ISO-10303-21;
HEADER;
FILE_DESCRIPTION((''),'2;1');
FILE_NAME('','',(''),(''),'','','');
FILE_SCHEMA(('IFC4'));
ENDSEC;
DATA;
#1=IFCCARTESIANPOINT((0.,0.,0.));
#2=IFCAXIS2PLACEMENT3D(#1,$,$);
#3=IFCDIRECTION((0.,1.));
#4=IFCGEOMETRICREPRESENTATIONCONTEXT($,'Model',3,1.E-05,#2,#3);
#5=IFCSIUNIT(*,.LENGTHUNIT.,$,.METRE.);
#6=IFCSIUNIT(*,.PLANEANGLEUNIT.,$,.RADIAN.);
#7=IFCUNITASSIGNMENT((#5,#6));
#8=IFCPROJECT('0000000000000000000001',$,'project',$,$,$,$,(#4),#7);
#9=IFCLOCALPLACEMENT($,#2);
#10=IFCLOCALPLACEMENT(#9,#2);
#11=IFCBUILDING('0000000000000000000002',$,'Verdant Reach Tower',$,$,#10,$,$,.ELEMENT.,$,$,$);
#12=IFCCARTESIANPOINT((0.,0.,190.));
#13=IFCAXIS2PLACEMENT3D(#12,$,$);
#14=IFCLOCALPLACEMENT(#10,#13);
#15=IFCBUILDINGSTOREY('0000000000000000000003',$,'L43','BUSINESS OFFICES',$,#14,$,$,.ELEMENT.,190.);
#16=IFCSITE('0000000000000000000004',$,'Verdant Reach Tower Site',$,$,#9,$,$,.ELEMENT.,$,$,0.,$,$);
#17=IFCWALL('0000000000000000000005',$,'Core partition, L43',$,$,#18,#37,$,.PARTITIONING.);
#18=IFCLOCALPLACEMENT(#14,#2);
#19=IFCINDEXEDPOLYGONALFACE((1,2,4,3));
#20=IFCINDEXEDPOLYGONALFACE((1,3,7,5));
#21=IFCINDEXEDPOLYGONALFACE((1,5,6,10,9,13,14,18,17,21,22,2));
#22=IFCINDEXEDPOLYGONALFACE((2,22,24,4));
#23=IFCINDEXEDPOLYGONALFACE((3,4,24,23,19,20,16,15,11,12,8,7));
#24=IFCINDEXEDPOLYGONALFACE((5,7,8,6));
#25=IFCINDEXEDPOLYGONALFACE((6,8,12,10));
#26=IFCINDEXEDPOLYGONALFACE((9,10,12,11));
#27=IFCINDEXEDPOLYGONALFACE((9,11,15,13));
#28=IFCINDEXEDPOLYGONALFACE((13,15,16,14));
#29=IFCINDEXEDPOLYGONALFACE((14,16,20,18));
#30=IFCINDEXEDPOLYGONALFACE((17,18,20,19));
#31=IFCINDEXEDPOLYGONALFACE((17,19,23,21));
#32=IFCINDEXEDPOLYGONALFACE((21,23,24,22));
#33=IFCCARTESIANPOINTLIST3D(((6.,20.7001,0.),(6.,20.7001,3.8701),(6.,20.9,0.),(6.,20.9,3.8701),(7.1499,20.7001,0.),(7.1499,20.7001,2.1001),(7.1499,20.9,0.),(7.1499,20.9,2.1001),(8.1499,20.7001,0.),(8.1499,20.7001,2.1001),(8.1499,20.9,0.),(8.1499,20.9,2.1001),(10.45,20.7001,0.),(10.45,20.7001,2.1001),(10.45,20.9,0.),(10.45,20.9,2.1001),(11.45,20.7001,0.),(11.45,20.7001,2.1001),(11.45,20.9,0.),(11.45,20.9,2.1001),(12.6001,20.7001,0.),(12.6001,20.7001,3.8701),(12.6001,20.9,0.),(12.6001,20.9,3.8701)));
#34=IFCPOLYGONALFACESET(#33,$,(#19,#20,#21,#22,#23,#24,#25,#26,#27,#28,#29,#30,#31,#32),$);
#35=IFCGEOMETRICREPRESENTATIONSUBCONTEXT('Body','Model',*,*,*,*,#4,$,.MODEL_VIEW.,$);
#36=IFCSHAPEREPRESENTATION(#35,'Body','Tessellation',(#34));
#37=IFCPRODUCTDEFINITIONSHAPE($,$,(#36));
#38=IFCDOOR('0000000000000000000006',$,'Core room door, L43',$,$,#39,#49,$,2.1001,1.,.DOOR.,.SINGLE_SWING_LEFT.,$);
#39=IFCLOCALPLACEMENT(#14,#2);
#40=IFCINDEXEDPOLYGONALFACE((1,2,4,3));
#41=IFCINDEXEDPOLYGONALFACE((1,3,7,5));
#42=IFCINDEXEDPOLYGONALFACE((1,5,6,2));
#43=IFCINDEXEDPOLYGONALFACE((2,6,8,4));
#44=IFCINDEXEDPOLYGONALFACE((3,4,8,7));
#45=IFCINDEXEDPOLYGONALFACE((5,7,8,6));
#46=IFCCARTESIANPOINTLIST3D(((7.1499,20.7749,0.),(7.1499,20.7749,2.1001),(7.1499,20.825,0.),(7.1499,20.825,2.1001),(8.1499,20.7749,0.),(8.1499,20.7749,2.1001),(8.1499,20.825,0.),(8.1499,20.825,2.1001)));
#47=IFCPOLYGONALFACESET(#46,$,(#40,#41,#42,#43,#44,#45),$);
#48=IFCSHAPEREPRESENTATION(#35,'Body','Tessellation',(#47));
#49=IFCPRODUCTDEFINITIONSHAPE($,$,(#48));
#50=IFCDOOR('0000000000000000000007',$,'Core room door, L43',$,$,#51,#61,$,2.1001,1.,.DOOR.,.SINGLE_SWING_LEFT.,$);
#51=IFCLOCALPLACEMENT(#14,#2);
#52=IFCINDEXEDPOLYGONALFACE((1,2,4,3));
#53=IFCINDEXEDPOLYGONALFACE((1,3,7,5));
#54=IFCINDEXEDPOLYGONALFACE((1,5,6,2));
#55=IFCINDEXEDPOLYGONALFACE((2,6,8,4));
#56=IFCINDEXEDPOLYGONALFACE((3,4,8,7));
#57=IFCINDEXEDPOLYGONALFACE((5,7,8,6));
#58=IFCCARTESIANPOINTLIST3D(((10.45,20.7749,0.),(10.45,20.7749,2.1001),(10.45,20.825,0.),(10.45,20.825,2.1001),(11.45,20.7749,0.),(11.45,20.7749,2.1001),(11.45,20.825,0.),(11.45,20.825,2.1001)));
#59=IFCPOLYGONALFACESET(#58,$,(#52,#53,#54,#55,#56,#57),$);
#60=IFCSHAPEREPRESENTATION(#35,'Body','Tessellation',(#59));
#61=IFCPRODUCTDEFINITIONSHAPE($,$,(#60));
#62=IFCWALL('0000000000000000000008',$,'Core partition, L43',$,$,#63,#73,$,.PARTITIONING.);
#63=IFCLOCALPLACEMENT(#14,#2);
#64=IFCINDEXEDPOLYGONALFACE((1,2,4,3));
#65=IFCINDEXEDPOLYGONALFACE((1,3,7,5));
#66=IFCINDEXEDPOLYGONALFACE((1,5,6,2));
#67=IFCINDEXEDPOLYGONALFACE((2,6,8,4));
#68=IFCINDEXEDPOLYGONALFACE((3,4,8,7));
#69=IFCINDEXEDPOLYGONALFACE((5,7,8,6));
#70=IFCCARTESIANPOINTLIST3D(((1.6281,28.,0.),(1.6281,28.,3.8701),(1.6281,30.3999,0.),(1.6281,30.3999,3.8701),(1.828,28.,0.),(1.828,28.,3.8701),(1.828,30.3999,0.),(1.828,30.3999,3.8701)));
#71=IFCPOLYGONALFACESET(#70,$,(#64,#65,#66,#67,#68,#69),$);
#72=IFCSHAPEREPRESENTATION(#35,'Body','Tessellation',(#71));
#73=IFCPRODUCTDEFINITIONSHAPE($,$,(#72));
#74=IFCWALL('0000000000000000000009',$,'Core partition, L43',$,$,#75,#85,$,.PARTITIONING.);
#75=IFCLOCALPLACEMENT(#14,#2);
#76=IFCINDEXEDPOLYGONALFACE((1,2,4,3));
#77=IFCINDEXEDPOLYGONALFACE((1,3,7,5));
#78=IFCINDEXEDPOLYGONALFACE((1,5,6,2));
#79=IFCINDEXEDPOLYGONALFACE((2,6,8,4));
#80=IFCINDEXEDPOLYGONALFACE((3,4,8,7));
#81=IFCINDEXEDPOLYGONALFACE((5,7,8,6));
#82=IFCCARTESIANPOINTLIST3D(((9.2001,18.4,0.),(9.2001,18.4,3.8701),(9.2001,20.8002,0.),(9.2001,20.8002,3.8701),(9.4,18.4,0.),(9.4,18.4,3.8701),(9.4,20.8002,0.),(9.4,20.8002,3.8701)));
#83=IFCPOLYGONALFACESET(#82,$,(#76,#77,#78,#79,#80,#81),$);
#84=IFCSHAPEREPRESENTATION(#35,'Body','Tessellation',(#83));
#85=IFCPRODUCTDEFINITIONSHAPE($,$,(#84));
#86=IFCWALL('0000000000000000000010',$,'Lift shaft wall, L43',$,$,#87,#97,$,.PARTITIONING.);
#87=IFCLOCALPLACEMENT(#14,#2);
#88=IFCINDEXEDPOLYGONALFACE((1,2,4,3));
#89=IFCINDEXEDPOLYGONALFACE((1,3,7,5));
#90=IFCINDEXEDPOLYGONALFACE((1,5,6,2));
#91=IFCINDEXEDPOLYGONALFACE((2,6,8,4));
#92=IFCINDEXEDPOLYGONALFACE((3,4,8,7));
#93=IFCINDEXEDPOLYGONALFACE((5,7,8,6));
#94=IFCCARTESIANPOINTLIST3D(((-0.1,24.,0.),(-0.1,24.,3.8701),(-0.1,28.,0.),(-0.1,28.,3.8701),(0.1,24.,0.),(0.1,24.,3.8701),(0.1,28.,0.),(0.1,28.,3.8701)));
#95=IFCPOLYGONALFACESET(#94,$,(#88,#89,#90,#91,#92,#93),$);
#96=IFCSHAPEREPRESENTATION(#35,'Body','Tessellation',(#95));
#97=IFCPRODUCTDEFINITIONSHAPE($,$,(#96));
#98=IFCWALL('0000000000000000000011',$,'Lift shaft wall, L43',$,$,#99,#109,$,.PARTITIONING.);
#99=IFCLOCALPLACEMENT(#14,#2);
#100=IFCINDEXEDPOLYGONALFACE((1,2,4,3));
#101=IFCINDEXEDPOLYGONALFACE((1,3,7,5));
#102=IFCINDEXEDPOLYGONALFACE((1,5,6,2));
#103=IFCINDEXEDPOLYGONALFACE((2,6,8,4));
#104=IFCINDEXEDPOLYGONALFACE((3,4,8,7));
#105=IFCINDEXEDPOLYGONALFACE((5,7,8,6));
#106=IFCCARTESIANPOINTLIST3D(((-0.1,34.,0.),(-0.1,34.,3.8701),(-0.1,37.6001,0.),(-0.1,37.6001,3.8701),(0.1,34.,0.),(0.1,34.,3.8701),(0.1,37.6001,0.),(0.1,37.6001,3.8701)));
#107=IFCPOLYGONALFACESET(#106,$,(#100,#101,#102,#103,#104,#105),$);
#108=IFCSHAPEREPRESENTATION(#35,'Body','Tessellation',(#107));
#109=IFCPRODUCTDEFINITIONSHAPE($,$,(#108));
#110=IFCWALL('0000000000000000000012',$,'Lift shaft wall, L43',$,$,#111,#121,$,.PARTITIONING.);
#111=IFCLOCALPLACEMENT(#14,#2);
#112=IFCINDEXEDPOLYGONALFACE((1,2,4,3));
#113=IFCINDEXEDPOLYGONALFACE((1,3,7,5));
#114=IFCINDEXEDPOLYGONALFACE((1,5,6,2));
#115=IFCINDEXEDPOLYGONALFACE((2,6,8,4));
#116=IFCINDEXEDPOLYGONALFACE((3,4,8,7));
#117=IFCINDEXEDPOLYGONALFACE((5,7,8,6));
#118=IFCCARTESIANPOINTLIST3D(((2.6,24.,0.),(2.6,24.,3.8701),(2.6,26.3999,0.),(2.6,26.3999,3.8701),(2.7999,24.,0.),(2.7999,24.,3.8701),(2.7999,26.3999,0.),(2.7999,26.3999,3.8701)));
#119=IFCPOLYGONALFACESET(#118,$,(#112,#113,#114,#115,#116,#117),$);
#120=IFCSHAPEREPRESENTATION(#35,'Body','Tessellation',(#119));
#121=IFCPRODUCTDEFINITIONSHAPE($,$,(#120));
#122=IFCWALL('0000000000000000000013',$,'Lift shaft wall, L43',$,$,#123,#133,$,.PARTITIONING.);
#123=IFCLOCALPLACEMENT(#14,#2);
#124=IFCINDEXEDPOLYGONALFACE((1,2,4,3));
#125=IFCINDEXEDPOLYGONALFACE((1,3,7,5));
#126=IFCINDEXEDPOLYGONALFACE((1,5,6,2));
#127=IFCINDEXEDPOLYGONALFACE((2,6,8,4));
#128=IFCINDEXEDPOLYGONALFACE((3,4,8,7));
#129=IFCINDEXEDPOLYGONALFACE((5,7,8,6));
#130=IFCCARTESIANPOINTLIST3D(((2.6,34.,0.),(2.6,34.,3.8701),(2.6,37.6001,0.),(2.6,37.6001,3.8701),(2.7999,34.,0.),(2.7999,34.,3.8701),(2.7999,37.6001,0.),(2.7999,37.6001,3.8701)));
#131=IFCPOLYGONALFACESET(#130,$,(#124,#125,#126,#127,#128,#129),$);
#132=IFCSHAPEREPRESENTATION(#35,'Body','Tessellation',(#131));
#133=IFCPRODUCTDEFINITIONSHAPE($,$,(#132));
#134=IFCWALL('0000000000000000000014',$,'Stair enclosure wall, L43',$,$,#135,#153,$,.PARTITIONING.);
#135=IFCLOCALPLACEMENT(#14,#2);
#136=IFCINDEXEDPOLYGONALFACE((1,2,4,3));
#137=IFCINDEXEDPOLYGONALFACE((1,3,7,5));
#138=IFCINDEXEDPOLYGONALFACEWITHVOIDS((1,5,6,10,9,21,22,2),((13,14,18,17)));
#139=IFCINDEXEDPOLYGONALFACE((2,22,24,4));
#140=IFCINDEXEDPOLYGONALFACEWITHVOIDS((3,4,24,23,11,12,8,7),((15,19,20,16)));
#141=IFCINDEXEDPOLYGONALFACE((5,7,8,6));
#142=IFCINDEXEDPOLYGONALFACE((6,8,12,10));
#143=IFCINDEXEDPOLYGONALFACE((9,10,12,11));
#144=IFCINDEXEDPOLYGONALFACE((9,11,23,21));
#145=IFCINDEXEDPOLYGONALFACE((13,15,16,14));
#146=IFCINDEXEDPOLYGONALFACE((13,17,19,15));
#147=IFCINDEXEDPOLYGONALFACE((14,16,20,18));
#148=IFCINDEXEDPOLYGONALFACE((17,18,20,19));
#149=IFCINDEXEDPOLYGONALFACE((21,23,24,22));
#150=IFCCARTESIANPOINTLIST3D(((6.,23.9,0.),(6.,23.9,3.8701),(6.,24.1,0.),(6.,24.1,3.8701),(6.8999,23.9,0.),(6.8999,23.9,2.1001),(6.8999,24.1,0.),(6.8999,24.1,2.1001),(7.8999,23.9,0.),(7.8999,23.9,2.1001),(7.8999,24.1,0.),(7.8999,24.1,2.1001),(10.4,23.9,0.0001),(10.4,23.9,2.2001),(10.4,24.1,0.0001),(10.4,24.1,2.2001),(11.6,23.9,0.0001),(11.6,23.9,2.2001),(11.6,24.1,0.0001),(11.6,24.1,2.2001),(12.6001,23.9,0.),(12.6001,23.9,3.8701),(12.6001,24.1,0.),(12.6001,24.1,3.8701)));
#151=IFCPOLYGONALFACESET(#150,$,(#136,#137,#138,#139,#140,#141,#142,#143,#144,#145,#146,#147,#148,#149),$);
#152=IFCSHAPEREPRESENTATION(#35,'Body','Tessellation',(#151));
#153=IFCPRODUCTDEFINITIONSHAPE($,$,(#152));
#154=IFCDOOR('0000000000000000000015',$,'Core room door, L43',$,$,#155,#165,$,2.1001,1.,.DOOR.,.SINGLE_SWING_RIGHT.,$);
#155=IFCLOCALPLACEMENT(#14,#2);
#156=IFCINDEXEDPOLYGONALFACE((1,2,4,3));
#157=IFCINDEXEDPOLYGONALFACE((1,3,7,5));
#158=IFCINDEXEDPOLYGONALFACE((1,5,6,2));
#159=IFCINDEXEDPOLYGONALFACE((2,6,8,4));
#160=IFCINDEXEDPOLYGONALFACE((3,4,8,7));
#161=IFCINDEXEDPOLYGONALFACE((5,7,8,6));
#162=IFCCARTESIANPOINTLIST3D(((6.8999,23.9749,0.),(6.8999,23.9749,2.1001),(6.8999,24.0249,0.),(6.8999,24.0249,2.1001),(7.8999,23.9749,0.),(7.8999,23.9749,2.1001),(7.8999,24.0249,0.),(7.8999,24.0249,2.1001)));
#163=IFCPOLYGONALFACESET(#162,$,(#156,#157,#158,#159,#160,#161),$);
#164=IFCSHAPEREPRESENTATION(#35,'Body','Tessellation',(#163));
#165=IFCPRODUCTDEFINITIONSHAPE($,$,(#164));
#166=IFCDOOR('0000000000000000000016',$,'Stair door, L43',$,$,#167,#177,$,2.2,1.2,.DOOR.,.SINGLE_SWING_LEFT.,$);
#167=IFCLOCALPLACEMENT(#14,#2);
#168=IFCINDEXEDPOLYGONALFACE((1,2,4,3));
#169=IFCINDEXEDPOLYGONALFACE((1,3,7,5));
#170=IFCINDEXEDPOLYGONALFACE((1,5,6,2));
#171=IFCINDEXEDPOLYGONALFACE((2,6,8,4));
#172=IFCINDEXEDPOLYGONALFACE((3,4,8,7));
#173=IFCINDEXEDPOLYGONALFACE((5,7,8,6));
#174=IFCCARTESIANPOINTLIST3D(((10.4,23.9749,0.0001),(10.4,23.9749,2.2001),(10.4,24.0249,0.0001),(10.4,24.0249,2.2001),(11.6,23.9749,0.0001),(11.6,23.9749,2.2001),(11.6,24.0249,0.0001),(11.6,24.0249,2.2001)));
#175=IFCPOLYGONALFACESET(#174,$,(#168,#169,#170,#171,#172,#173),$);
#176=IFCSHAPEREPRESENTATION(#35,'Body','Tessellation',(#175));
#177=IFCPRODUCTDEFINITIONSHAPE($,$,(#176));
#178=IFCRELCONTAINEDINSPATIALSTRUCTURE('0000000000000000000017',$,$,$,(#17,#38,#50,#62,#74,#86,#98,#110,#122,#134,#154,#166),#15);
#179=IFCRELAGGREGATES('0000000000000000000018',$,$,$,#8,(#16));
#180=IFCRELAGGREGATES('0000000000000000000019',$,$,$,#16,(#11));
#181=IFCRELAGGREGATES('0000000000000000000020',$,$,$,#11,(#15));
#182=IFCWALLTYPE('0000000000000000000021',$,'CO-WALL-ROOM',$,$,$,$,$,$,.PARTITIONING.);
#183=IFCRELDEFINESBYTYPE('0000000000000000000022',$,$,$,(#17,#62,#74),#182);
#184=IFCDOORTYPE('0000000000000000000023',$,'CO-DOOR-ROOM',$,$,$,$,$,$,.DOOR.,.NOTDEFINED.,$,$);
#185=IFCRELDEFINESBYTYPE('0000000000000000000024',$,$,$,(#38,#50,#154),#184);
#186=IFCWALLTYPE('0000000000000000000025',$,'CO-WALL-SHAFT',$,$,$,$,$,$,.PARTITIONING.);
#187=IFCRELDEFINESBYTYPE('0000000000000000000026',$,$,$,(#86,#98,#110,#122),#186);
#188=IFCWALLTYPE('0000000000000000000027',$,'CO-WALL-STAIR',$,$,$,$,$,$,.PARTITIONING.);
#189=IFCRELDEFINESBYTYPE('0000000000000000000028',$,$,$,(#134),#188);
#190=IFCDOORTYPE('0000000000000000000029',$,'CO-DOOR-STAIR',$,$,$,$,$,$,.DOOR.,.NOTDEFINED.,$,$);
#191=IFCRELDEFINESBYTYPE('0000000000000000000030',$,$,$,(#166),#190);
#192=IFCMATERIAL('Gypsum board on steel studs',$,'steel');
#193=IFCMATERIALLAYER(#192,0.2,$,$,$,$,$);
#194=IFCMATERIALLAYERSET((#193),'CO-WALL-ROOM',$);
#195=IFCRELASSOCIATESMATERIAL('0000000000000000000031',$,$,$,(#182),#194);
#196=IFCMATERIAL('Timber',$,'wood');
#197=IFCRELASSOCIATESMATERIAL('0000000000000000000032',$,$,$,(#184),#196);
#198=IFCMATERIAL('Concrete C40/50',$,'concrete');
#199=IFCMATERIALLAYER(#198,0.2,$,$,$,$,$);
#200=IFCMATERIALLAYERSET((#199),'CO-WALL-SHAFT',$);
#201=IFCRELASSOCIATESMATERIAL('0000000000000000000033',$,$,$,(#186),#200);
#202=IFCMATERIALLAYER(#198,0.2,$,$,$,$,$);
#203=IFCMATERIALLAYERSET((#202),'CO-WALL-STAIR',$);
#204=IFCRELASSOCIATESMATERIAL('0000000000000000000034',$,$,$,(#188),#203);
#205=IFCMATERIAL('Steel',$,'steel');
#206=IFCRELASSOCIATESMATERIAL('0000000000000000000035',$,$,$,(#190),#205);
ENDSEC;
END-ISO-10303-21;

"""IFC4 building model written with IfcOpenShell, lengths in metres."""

from ifc_helpers import new_model, si_unit, direction, frame, frame_2d, origin, place, context, subcontext, project, spatial, rectangle, extrude, material, layer, layer_set, type_object, element, fill, save


model = new_model("IFC4")

# Units and contexts
model_context = context("Model", 3, precision=1e-05, world=origin(), true_north=direction((0.0, 1.0)))
body_context = subcontext(model_context, "Body", "Model", "MODEL_VIEW")
ifc_project = project(units=[si_unit("LENGTHUNIT", "METRE"), si_unit("PLANEANGLEUNIT", "RADIAN")], contexts=[model_context])

# Site, building, storey
site_placement = place(None, origin())
site = spatial("IfcSite", under=ifc_project, at=site_placement, Name="Verdant Reach Tower Site", CompositionType="ELEMENT", RefElevation=0.0)
building_placement = place(site_placement, origin())
building = spatial("IfcBuilding", under=site, at=building_placement, Name="Verdant Reach Tower", CompositionType="ELEMENT")
storey_placement = place(building_placement, frame((0.0, 0.0, 190.0)))
storey = spatial("IfcBuildingStorey", under=building, at=storey_placement, Name="L43", Description="BUSINESS OFFICES", CompositionType="ELEMENT", Elevation=190.0)

# Wall, openings, doors
ifc_material_1 = material(Name="Gypsum board on steel studs", Category="steel")
ifc_layer_1 = layer(ifc_material_1, 0.2)
ifc_layer_set_1 = layer_set([ifc_layer_1], Name="CO-WALL-ROOM")
wall_type_1 = type_object("IfcWallType", Name="CO-WALL-ROOM", PredefinedType="PARTITIONING", material=ifc_layer_set_1)
wall_1_placement = place(storey_placement, frame((6.0, 20.8, 0.0), z_axis=(0.0, 0.0, 1.0), x_axis=(1.0, 0.0, 0.0)))
wall_1 = element("IfcWall", 1, at=wall_1_placement, inside=storey, type_object=wall_type_1, Name="Core partition, L43", PredefinedType="PARTITIONING", context=body_context, shape_type="SweptSolid", body=[
    extrude(rectangle(XDim=6.6001, YDim=0.2, at=frame_2d((3.3, 0.0))), origin(), (0.0, 0.0, 1.0), 3.8701),
])
opening_1_placement = place(wall_1_placement, frame((1.1499, 0.0, 0.0)))
opening_1 = element("IfcOpeningElement", 2, at=opening_1_placement, cuts=wall_1, PredefinedType="OPENING", context=body_context, shape_type="SweptSolid", body=[
    extrude(rectangle(XDim=1.0, YDim=2.1001, at=frame_2d((0.5, 1.05))), frame((0.0, 0.1099, 0.0), z_axis=(0.0, -1.0, 0.0), x_axis=(1.0, 0.0, 0.0)), (0.0, 0.0, 1.0), 0.22),
])
opening_2_placement = place(wall_1_placement, frame((4.45, 0.0, 0.0)))
opening_2 = element("IfcOpeningElement", 3, at=opening_2_placement, cuts=wall_1, PredefinedType="OPENING", context=body_context, shape_type="SweptSolid", body=[
    extrude(rectangle(XDim=1.0, YDim=2.1001, at=frame_2d((0.5, 1.05))), frame((0.0, 0.1099, 0.0), z_axis=(0.0, -1.0, 0.0), x_axis=(1.0, 0.0, 0.0)), (0.0, 0.0, 1.0), 0.22),
])
ifc_material_2 = material(Name="Timber", Category="wood")
door_type_1 = type_object("IfcDoorType", Name="CO-DOOR-ROOM", OperationType="NOTDEFINED", PredefinedType="DOOR", material=ifc_material_2)
door_1_placement = place(opening_1_placement, origin())
door_1 = element("IfcDoor", 4, at=door_1_placement, inside=storey, type_object=door_type_1, Name="Core room door, L43", OperationType="SINGLE_SWING_LEFT", OverallHeight=2.1001, OverallWidth=1.0, PredefinedType="DOOR", context=body_context, shape_type="SweptSolid", body=[
    extrude(rectangle(XDim=1.0, YDim=2.1001, at=frame_2d((0.5, 1.05))), frame((0.0, 0.0249, 0.0), z_axis=(0.0, -1.0, 0.0), x_axis=(1.0, 0.0, 0.0)), (0.0, 0.0, 1.0), 0.05),
])
fill(opening_1, door_1)
door_2_placement = place(opening_2_placement, origin())
door_2 = element("IfcDoor", 5, at=door_2_placement, inside=storey, type_object=door_type_1, Name="Core room door, L43", OperationType="SINGLE_SWING_LEFT", OverallHeight=2.1001, OverallWidth=1.0, PredefinedType="DOOR", context=body_context, shape_type="SweptSolid", body=[
    extrude(rectangle(XDim=1.0, YDim=2.1001, at=frame_2d((0.5, 1.05))), frame((0.0, 0.0249, 0.0), z_axis=(0.0, -1.0, 0.0), x_axis=(1.0, 0.0, 0.0)), (0.0, 0.0, 1.0), 0.05),
])
fill(opening_2, door_2)

# Walls
wall_2_placement = place(storey_placement, frame((1.728, 28.0, 0.0), z_axis=(0.0, 0.0, 1.0), x_axis=(0.0, 1.0, 0.0)))
element("IfcWall", 6, at=wall_2_placement, inside=storey, type_object=wall_type_1, Name="Core partition, L43", PredefinedType="PARTITIONING", context=body_context, shape_type="SweptSolid", body=[
    extrude(rectangle(XDim=2.3999, YDim=0.2, at=frame_2d((1.2, 0.0))), origin(), (0.0, 0.0, 1.0), 3.8701),
])
wall_3_placement = place(storey_placement, frame((9.3, 18.3999, 0.0), z_axis=(0.0, 0.0, 1.0), x_axis=(0.0, 1.0, 0.0)))
element("IfcWall", 7, at=wall_3_placement, inside=storey, type_object=wall_type_1, Name="Core partition, L43", PredefinedType="PARTITIONING", context=body_context, shape_type="SweptSolid", body=[
    extrude(rectangle(XDim=2.4001, YDim=0.2, at=frame_2d((1.2002, 0.0))), origin(), (0.0, 0.0, 1.0), 3.8701),
])
ifc_material_3 = material(Name="Concrete C40/50", Category="concrete")
ifc_layer_2 = layer(ifc_material_3, 0.2)
ifc_layer_set_2 = layer_set([ifc_layer_2], Name="CO-WALL-SHAFT")
wall_type_2 = type_object("IfcWallType", Name="CO-WALL-SHAFT", PredefinedType="PARTITIONING", material=ifc_layer_set_2)
wall_4_placement = place(storey_placement, frame((0.0, 24.0, 0.0), z_axis=(0.0, 0.0, 1.0), x_axis=(0.0, 1.0, 0.0)))
element("IfcWall", 8, at=wall_4_placement, inside=storey, type_object=wall_type_2, Name="Lift shaft wall, L43", PredefinedType="PARTITIONING", context=body_context, shape_type="SweptSolid", body=[
    extrude(rectangle(XDim=4.0, YDim=0.2, at=frame_2d((2.0, 0.0))), origin(), (0.0, 0.0, 1.0), 3.8701),
])
wall_5_placement = place(storey_placement, frame((0.0, 34.0, 0.0), z_axis=(0.0, 0.0, 1.0), x_axis=(0.0, 1.0, 0.0)))
element("IfcWall", 9, at=wall_5_placement, inside=storey, type_object=wall_type_2, Name="Lift shaft wall, L43", PredefinedType="PARTITIONING", context=body_context, shape_type="SweptSolid", body=[
    extrude(rectangle(XDim=3.6001, YDim=0.2, at=frame_2d((1.8, 0.0))), origin(), (0.0, 0.0, 1.0), 3.8701),
])
wall_6_placement = place(storey_placement, frame((2.7, 24.0, 0.0), z_axis=(0.0, 0.0, 1.0), x_axis=(0.0, 1.0, 0.0)))
element("IfcWall", 10, at=wall_6_placement, inside=storey, type_object=wall_type_2, Name="Lift shaft wall, L43", PredefinedType="PARTITIONING", context=body_context, shape_type="SweptSolid", body=[
    extrude(rectangle(XDim=2.3999, YDim=0.2, at=frame_2d((1.2, 0.0))), origin(), (0.0, 0.0, 1.0), 3.8701),
])
wall_7_placement = place(storey_placement, frame((2.7, 34.0, 0.0), z_axis=(0.0, 0.0, 1.0), x_axis=(0.0, 1.0, 0.0)))
element("IfcWall", 11, at=wall_7_placement, inside=storey, type_object=wall_type_2, Name="Lift shaft wall, L43", PredefinedType="PARTITIONING", context=body_context, shape_type="SweptSolid", body=[
    extrude(rectangle(XDim=3.6001, YDim=0.2, at=frame_2d((1.8, 0.0))), origin(), (0.0, 0.0, 1.0), 3.8701),
])

# Wall, openings, doors
ifc_layer_3 = layer(ifc_material_3, 0.2)
ifc_layer_set_3 = layer_set([ifc_layer_3], Name="CO-WALL-STAIR")
wall_type_3 = type_object("IfcWallType", Name="CO-WALL-STAIR", PredefinedType="PARTITIONING", material=ifc_layer_set_3)
wall_8_placement = place(storey_placement, frame((6.0, 24.0, 0.0), z_axis=(0.0, 0.0, 1.0), x_axis=(1.0, 0.0, 0.0)))
wall_8 = element("IfcWall", 12, at=wall_8_placement, inside=storey, type_object=wall_type_3, Name="Stair enclosure wall, L43", PredefinedType="PARTITIONING", context=body_context, shape_type="SweptSolid", body=[
    extrude(rectangle(XDim=6.6001, YDim=0.2, at=frame_2d((3.3, 0.0))), origin(), (0.0, 0.0, 1.0), 3.8701),
])
opening_3_placement = place(wall_8_placement, frame((0.8999, 0.0, 0.0)))
opening_3 = element("IfcOpeningElement", 13, at=opening_3_placement, cuts=wall_8, PredefinedType="OPENING", context=body_context, shape_type="SweptSolid", body=[
    extrude(rectangle(XDim=1.0, YDim=2.1001, at=frame_2d((0.5, 1.05))), frame((0.0, 0.1099, 0.0), z_axis=(0.0, -1.0, 0.0), x_axis=(1.0, 0.0, 0.0)), (0.0, 0.0, 1.0), 0.22),
])
opening_4_placement = place(wall_8_placement, frame((4.3999, 0.0, 0.0)))
opening_4 = element("IfcOpeningElement", 14, at=opening_4_placement, cuts=wall_8, PredefinedType="OPENING", context=body_context, shape_type="SweptSolid", body=[
    extrude(rectangle(XDim=1.2, YDim=2.2, at=frame_2d((0.6001, 1.1001))), frame((0.0, 0.1099, 0.0), z_axis=(0.0, -1.0, 0.0), x_axis=(1.0, 0.0, 0.0)), (0.0, 0.0, 1.0), 0.22),
])
door_3_placement = place(opening_3_placement, origin())
door_3 = element("IfcDoor", 15, at=door_3_placement, inside=storey, type_object=door_type_1, Name="Core room door, L43", OperationType="SINGLE_SWING_RIGHT", OverallHeight=2.1001, OverallWidth=1.0, PredefinedType="DOOR", context=body_context, shape_type="SweptSolid", body=[
    extrude(rectangle(XDim=1.0, YDim=2.1001, at=frame_2d((0.5, 1.05))), frame((0.0, 0.0249, 0.0), z_axis=(0.0, -1.0, 0.0), x_axis=(1.0, 0.0, 0.0)), (0.0, 0.0, 1.0), 0.05),
])
fill(opening_3, door_3)
ifc_material_4 = material(Name="Steel", Category="steel")
door_type_2 = type_object("IfcDoorType", Name="CO-DOOR-STAIR", OperationType="NOTDEFINED", PredefinedType="DOOR", material=ifc_material_4)
door_4_placement = place(opening_4_placement, origin())
door_4 = element("IfcDoor", 16, at=door_4_placement, inside=storey, type_object=door_type_2, Name="Stair door, L43", OperationType="SINGLE_SWING_LEFT", OverallHeight=2.2, OverallWidth=1.2, PredefinedType="DOOR", context=body_context, shape_type="SweptSolid", body=[
    extrude(rectangle(XDim=1.2, YDim=2.2, at=frame_2d((0.6001, 1.1001))), frame((0.0, 0.0249, 0.0), z_axis=(0.0, -1.0, 0.0), x_axis=(1.0, 0.0, 0.0)), (0.0, 0.0, 1.0), 0.05),
])
fill(opening_4, door_4)

save(model, "model.ifc")
